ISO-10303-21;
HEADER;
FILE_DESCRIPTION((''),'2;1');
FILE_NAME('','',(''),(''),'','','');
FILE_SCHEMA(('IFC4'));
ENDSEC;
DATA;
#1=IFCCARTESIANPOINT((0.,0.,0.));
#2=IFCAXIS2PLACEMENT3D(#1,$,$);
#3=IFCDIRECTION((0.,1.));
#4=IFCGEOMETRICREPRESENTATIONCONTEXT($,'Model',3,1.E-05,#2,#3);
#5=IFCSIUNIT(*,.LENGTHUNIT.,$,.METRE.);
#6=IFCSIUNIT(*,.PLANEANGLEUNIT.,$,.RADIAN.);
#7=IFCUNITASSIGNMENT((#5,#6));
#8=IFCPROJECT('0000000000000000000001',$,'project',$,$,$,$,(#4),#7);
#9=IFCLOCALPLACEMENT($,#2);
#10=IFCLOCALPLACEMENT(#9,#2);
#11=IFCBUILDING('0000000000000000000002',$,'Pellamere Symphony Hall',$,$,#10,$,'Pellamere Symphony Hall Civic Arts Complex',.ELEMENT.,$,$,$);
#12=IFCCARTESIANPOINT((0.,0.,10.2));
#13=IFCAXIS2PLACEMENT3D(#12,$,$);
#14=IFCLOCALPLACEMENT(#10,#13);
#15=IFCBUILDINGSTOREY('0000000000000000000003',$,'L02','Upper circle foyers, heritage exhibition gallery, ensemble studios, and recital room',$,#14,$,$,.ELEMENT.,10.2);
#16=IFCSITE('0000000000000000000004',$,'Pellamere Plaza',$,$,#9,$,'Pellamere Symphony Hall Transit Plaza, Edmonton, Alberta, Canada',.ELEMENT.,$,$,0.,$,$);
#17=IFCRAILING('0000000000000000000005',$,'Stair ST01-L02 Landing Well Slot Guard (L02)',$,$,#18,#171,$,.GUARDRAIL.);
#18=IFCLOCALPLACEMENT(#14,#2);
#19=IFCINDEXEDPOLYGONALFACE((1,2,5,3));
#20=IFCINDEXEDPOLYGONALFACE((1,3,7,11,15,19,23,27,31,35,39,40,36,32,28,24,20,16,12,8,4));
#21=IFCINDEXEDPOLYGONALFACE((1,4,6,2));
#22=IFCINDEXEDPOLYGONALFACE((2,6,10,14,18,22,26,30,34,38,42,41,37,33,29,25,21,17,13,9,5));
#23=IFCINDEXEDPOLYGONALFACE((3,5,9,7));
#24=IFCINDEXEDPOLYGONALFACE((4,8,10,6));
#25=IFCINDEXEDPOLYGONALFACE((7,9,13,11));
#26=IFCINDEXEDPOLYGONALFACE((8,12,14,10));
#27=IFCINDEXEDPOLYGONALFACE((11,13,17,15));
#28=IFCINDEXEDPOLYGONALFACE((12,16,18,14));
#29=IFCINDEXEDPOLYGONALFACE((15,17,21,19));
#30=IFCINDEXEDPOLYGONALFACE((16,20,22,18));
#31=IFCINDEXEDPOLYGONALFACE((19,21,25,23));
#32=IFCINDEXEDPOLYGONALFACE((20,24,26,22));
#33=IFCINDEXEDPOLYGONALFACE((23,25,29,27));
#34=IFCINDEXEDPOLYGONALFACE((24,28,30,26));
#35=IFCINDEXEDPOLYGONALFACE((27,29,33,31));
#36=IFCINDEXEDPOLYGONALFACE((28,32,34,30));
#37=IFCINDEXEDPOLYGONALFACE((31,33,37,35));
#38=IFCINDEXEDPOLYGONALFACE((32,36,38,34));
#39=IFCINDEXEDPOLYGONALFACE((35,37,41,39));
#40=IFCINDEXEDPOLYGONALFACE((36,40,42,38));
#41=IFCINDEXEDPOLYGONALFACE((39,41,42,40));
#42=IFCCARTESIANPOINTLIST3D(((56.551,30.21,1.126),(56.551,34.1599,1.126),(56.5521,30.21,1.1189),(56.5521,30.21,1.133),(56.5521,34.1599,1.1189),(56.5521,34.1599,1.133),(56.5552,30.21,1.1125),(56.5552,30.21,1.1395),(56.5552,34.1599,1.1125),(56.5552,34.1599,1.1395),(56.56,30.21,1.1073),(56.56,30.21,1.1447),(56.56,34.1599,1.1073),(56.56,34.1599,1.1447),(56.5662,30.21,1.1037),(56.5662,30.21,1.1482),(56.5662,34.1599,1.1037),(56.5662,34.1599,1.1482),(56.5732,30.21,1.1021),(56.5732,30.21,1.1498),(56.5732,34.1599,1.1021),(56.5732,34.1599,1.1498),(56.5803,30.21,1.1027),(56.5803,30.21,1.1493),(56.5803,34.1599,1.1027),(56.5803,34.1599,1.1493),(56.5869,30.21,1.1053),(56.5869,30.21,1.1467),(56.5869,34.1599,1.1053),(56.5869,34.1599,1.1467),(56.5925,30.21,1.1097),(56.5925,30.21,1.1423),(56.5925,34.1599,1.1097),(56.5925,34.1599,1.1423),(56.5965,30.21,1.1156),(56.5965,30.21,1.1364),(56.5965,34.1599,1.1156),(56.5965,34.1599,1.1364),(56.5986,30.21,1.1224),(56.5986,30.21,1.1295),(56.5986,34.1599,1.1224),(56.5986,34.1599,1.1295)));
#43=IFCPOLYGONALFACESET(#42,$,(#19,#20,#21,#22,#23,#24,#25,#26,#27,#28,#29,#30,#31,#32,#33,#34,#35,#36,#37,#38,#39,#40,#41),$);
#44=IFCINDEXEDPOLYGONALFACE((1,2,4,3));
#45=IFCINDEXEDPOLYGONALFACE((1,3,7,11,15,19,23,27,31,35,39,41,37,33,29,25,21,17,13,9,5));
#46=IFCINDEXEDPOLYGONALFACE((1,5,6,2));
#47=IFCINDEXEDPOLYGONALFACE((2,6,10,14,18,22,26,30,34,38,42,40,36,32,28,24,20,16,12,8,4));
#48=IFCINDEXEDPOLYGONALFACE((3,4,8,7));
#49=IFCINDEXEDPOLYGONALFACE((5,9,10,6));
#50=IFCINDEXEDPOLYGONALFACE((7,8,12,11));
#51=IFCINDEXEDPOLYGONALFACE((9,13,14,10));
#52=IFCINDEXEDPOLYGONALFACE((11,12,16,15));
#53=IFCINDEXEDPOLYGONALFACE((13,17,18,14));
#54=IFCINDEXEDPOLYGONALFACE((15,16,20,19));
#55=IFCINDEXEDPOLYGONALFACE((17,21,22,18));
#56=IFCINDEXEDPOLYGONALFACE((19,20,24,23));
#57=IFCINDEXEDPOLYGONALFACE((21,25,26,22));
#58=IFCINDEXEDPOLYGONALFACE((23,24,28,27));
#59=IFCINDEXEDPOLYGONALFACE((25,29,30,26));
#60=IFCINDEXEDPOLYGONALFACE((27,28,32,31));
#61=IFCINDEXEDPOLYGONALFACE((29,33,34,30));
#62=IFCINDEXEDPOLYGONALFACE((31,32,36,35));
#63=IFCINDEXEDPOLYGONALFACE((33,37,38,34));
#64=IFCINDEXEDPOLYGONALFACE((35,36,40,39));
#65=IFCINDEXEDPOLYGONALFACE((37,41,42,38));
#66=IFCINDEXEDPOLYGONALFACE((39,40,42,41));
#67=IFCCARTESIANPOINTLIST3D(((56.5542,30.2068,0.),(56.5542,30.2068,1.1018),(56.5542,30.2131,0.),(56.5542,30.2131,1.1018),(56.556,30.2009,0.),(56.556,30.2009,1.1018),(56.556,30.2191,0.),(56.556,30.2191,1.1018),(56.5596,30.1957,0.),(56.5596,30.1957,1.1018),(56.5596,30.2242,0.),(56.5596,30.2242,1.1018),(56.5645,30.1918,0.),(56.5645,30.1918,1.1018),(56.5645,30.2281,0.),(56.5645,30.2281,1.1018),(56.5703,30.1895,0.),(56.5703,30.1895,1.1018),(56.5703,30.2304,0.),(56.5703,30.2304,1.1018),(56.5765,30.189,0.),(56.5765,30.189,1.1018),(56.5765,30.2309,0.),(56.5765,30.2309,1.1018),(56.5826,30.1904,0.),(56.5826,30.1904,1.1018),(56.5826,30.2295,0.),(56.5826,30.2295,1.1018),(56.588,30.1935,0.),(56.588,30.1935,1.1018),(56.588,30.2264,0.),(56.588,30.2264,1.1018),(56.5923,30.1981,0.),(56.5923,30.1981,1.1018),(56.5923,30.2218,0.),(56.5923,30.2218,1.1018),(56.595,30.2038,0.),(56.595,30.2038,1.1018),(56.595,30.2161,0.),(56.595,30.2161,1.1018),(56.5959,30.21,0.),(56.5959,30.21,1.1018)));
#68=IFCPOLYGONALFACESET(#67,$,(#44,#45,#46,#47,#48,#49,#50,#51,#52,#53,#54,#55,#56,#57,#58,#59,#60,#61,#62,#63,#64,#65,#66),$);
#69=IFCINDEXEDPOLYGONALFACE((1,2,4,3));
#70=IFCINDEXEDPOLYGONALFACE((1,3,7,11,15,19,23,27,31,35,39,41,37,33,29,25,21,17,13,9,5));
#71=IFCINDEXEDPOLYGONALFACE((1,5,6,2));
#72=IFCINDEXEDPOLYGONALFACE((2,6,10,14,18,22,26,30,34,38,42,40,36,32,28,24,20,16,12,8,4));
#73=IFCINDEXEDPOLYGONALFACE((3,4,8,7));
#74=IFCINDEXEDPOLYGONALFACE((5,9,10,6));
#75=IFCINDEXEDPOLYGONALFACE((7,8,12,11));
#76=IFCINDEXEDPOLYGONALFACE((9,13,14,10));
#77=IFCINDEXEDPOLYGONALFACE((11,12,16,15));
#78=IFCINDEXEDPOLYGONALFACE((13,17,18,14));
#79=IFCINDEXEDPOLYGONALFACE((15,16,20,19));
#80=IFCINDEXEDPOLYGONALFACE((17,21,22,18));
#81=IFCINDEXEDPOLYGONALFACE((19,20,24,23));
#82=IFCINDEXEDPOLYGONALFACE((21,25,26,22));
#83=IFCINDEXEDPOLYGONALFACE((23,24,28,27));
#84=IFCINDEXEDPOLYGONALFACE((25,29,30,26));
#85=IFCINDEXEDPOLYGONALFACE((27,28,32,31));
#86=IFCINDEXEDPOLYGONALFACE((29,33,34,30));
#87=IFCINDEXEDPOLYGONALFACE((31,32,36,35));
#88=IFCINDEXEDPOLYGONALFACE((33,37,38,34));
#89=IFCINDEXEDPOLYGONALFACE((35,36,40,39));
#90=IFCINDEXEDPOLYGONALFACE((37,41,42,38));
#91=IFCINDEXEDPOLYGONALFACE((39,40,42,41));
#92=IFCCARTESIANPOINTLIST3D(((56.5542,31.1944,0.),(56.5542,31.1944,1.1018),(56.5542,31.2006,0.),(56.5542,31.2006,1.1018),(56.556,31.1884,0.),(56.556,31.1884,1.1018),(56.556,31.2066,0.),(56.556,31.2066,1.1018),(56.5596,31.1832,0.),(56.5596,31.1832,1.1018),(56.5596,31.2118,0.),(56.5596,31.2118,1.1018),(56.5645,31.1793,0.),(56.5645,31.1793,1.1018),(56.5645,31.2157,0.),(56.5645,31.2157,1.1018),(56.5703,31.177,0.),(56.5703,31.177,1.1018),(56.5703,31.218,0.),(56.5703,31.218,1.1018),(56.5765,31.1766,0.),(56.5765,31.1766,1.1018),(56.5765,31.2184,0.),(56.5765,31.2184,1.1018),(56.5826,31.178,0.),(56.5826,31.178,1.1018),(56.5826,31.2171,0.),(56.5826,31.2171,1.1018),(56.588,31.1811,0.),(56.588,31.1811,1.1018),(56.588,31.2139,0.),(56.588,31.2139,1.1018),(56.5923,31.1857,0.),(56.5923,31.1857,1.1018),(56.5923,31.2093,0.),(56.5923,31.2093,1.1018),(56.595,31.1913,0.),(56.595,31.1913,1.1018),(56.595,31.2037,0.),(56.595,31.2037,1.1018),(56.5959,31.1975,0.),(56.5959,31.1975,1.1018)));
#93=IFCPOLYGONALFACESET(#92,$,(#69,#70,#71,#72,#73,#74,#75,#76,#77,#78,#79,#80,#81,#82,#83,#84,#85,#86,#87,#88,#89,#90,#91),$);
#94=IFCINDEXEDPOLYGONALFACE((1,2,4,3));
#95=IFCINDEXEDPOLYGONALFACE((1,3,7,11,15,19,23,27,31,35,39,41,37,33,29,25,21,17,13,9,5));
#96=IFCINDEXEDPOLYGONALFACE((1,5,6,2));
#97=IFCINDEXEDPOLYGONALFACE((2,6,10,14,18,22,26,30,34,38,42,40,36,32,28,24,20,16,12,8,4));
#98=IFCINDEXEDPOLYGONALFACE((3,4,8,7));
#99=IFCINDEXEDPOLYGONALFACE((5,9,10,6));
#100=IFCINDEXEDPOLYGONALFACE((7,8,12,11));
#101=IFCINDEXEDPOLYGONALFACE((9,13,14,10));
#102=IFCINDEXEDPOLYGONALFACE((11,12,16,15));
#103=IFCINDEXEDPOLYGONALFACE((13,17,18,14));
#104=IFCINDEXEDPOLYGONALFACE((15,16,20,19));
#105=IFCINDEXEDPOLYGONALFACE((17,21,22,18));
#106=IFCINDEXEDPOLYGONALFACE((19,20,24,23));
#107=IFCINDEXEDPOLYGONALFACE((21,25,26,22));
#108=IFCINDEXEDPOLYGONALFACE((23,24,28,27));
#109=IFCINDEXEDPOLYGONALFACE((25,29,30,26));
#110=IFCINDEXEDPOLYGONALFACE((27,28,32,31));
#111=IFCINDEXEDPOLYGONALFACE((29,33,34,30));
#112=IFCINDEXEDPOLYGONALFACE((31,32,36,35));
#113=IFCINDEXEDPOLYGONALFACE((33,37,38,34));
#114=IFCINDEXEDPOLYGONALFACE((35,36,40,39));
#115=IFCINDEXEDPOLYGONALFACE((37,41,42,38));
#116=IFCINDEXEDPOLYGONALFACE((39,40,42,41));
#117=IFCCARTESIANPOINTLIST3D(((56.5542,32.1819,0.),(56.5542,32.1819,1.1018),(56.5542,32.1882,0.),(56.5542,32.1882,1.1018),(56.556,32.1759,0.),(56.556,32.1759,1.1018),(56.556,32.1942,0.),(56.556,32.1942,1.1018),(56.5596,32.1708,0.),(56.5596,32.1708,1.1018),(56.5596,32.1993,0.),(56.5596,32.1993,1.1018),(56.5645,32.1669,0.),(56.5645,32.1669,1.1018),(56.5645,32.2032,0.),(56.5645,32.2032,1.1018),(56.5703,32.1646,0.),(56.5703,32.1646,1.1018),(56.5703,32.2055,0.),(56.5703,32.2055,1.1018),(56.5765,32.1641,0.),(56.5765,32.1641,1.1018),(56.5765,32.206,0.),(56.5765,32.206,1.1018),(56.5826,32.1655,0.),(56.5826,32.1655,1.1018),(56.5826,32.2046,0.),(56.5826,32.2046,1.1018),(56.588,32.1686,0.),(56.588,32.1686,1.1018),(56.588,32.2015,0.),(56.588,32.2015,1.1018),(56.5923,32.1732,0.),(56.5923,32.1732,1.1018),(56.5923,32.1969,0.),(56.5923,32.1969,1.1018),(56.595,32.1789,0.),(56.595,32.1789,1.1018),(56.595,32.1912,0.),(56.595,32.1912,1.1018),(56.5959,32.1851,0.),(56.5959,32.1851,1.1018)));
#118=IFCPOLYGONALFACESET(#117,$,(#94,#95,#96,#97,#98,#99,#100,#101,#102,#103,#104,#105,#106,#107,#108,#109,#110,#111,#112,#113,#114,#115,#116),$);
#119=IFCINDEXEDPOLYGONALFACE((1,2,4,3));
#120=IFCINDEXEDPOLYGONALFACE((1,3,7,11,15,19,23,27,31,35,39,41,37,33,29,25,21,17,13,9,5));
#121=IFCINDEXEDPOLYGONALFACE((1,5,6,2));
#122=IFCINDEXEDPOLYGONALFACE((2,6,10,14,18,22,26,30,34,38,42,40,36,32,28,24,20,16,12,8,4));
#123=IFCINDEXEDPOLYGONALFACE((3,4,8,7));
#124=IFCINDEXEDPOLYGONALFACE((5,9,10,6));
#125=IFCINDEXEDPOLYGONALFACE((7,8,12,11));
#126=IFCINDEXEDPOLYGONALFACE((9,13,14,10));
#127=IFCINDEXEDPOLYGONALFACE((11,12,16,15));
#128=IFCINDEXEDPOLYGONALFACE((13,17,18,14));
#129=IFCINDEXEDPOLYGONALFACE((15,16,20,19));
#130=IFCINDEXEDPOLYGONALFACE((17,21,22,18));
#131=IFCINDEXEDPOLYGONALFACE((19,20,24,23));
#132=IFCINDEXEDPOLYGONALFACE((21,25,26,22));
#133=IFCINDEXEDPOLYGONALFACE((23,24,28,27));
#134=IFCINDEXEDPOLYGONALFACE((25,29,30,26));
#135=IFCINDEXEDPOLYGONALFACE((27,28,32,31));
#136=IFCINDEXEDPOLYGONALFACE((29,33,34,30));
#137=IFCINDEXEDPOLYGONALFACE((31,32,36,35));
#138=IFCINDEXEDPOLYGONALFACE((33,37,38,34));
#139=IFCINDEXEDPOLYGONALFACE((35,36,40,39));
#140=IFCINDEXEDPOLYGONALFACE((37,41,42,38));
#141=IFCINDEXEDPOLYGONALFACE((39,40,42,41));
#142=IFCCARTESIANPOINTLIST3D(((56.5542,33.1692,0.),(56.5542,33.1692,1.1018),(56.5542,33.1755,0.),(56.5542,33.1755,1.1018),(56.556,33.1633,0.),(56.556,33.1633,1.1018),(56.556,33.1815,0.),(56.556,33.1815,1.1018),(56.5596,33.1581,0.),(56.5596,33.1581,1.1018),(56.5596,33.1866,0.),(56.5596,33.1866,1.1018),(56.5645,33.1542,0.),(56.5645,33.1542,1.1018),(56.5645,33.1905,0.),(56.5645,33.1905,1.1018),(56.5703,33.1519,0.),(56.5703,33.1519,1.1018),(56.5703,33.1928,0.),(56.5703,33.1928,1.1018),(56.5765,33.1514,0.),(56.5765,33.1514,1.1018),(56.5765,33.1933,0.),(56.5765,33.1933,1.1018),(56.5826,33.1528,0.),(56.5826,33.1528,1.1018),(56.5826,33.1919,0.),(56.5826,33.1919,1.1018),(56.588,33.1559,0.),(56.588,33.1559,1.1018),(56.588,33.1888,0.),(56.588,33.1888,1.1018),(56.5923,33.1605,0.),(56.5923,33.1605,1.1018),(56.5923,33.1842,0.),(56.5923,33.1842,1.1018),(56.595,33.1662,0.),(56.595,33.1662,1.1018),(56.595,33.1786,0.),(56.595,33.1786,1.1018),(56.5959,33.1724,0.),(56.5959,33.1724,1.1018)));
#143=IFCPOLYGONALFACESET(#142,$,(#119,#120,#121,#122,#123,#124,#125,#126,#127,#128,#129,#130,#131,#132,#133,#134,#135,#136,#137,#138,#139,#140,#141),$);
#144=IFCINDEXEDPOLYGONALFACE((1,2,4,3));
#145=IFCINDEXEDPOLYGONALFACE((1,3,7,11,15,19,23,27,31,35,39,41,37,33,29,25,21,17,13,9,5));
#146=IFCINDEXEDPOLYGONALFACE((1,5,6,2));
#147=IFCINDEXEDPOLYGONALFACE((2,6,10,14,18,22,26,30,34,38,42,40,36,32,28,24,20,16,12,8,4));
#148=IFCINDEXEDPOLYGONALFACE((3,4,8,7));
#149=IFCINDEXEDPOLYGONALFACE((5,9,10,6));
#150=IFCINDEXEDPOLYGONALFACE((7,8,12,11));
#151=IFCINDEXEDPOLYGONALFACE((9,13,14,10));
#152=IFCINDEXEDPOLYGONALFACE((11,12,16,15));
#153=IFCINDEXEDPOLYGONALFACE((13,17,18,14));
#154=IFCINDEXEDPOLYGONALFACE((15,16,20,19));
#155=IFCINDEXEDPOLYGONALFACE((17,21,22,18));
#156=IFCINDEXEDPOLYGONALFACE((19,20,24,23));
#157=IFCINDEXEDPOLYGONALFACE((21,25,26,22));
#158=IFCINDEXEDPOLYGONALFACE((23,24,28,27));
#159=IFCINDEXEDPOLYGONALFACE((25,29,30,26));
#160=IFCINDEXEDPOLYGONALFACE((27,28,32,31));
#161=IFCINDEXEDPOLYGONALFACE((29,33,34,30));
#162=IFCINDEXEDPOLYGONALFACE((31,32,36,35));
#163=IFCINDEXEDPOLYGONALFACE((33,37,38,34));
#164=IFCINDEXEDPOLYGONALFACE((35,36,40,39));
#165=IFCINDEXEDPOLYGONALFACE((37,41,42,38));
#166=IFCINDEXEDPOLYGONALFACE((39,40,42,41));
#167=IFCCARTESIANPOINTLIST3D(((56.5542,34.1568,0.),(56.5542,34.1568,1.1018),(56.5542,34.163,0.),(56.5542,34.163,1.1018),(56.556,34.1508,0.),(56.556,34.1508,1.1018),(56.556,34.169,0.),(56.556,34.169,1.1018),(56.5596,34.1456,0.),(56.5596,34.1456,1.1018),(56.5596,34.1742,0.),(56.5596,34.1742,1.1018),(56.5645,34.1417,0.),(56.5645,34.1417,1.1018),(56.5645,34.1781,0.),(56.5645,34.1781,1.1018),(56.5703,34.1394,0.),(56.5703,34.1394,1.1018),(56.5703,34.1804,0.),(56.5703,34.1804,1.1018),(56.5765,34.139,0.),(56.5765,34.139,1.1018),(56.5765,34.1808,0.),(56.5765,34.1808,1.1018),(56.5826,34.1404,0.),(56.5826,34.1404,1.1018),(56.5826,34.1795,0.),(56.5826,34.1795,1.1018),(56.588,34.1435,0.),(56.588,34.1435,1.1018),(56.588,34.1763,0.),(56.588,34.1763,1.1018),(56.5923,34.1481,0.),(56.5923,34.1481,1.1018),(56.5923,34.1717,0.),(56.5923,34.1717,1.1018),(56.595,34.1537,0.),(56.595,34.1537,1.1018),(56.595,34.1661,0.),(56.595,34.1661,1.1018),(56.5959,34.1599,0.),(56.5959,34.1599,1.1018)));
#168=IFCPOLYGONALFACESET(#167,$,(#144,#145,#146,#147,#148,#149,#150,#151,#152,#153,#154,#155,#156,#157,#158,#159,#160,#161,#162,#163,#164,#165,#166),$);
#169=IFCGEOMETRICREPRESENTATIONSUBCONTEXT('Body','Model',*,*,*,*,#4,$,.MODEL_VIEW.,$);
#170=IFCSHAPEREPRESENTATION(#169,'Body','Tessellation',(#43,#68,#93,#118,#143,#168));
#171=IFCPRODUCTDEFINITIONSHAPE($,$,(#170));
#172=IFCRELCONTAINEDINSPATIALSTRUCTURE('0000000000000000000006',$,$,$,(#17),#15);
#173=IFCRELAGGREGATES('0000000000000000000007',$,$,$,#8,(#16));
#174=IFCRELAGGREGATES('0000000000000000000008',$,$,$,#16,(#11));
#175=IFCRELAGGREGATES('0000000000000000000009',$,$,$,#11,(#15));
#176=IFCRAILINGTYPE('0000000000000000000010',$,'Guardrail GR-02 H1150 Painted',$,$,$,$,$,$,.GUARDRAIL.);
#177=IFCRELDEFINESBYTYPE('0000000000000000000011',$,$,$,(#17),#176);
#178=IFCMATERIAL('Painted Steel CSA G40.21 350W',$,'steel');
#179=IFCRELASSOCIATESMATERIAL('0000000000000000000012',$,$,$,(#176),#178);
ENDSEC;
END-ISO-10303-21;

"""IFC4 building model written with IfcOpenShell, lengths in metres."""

from ifc_helpers import new_model, si_unit, direction, frame, origin, origin_2d, place, context, subcontext, project, spatial, circle, extrude, material, type_object, element, save


model = new_model("IFC4")

# Units and contexts
model_context = context("Model", 3, precision=1e-05, world=origin(), true_north=direction((0.0, 1.0)))
body_context = subcontext(model_context, "Body", "Model", "MODEL_VIEW")
ifc_project = project(units=[si_unit("LENGTHUNIT", "METRE"), si_unit("PLANEANGLEUNIT", "RADIAN")], contexts=[model_context])

# Site, building, storey
site_placement = place(None, origin())
site = spatial("IfcSite", under=ifc_project, at=site_placement, Name="Pellamere Plaza", LongName="Pellamere Symphony Hall Transit Plaza, Edmonton, Alberta, Canada", CompositionType="ELEMENT", RefElevation=0.0)
building_placement = place(site_placement, origin())
building = spatial("IfcBuilding", under=site, at=building_placement, Name="Pellamere Symphony Hall", LongName="Pellamere Symphony Hall Civic Arts Complex", CompositionType="ELEMENT")
storey_placement = place(building_placement, frame((0.0, 0.0, 10.2)))
storey = spatial("IfcBuildingStorey", under=building, at=storey_placement, Name="L02", Description="Upper circle foyers, heritage exhibition gallery, ensemble studios, and recital room", CompositionType="ELEMENT", Elevation=10.2)

# Railing
ifc_material_1 = material(Name="Painted Steel CSA G40.21 350W", Category="steel")
railing_type_1 = type_object("IfcRailingType", Name="Guardrail GR-02 H1150 Painted", PredefinedType="GUARDRAIL", material=ifc_material_1)
railing_1_placement = place(storey_placement, frame((56.575, 30.21, 0.0)))
element("IfcRailing", 1, at=railing_1_placement, inside=storey, type_object=railing_type_1, Name="Stair ST01-L02 Landing Well Slot Guard (L02)", PredefinedType="GUARDRAIL", context=body_context, shape_type="SweptSolid", body=[
    extrude(circle(Radius=0.0239, at=origin_2d()), frame((0.0, 0.0, 1.126), z_axis=(0.0, 1.0, 0.0), x_axis=(-1.0, 0.0, 0.0)), (0.0, 0.0, 1.0), 3.95),
    extrude(circle(Radius=0.021, at=origin_2d()), origin(), (0.0, 0.0, 1.0), 1.1018),
    extrude(circle(Radius=0.021, at=origin_2d()), frame((0.0, 0.9875, 0.0)), (0.0, 0.0, 1.0), 1.1018),
    extrude(circle(Radius=0.021, at=origin_2d()), frame((0.0, 1.9751, 0.0)), (0.0, 0.0, 1.0), 1.1018),
    extrude(circle(Radius=0.021, at=origin_2d()), frame((0.0, 2.9624, 0.0)), (0.0, 0.0, 1.0), 1.1018),
    extrude(circle(Radius=0.021, at=origin_2d()), frame((0.0, 3.95, 0.0)), (0.0, 0.0, 1.0), 1.1018),
])

save(model, "model.ifc")
